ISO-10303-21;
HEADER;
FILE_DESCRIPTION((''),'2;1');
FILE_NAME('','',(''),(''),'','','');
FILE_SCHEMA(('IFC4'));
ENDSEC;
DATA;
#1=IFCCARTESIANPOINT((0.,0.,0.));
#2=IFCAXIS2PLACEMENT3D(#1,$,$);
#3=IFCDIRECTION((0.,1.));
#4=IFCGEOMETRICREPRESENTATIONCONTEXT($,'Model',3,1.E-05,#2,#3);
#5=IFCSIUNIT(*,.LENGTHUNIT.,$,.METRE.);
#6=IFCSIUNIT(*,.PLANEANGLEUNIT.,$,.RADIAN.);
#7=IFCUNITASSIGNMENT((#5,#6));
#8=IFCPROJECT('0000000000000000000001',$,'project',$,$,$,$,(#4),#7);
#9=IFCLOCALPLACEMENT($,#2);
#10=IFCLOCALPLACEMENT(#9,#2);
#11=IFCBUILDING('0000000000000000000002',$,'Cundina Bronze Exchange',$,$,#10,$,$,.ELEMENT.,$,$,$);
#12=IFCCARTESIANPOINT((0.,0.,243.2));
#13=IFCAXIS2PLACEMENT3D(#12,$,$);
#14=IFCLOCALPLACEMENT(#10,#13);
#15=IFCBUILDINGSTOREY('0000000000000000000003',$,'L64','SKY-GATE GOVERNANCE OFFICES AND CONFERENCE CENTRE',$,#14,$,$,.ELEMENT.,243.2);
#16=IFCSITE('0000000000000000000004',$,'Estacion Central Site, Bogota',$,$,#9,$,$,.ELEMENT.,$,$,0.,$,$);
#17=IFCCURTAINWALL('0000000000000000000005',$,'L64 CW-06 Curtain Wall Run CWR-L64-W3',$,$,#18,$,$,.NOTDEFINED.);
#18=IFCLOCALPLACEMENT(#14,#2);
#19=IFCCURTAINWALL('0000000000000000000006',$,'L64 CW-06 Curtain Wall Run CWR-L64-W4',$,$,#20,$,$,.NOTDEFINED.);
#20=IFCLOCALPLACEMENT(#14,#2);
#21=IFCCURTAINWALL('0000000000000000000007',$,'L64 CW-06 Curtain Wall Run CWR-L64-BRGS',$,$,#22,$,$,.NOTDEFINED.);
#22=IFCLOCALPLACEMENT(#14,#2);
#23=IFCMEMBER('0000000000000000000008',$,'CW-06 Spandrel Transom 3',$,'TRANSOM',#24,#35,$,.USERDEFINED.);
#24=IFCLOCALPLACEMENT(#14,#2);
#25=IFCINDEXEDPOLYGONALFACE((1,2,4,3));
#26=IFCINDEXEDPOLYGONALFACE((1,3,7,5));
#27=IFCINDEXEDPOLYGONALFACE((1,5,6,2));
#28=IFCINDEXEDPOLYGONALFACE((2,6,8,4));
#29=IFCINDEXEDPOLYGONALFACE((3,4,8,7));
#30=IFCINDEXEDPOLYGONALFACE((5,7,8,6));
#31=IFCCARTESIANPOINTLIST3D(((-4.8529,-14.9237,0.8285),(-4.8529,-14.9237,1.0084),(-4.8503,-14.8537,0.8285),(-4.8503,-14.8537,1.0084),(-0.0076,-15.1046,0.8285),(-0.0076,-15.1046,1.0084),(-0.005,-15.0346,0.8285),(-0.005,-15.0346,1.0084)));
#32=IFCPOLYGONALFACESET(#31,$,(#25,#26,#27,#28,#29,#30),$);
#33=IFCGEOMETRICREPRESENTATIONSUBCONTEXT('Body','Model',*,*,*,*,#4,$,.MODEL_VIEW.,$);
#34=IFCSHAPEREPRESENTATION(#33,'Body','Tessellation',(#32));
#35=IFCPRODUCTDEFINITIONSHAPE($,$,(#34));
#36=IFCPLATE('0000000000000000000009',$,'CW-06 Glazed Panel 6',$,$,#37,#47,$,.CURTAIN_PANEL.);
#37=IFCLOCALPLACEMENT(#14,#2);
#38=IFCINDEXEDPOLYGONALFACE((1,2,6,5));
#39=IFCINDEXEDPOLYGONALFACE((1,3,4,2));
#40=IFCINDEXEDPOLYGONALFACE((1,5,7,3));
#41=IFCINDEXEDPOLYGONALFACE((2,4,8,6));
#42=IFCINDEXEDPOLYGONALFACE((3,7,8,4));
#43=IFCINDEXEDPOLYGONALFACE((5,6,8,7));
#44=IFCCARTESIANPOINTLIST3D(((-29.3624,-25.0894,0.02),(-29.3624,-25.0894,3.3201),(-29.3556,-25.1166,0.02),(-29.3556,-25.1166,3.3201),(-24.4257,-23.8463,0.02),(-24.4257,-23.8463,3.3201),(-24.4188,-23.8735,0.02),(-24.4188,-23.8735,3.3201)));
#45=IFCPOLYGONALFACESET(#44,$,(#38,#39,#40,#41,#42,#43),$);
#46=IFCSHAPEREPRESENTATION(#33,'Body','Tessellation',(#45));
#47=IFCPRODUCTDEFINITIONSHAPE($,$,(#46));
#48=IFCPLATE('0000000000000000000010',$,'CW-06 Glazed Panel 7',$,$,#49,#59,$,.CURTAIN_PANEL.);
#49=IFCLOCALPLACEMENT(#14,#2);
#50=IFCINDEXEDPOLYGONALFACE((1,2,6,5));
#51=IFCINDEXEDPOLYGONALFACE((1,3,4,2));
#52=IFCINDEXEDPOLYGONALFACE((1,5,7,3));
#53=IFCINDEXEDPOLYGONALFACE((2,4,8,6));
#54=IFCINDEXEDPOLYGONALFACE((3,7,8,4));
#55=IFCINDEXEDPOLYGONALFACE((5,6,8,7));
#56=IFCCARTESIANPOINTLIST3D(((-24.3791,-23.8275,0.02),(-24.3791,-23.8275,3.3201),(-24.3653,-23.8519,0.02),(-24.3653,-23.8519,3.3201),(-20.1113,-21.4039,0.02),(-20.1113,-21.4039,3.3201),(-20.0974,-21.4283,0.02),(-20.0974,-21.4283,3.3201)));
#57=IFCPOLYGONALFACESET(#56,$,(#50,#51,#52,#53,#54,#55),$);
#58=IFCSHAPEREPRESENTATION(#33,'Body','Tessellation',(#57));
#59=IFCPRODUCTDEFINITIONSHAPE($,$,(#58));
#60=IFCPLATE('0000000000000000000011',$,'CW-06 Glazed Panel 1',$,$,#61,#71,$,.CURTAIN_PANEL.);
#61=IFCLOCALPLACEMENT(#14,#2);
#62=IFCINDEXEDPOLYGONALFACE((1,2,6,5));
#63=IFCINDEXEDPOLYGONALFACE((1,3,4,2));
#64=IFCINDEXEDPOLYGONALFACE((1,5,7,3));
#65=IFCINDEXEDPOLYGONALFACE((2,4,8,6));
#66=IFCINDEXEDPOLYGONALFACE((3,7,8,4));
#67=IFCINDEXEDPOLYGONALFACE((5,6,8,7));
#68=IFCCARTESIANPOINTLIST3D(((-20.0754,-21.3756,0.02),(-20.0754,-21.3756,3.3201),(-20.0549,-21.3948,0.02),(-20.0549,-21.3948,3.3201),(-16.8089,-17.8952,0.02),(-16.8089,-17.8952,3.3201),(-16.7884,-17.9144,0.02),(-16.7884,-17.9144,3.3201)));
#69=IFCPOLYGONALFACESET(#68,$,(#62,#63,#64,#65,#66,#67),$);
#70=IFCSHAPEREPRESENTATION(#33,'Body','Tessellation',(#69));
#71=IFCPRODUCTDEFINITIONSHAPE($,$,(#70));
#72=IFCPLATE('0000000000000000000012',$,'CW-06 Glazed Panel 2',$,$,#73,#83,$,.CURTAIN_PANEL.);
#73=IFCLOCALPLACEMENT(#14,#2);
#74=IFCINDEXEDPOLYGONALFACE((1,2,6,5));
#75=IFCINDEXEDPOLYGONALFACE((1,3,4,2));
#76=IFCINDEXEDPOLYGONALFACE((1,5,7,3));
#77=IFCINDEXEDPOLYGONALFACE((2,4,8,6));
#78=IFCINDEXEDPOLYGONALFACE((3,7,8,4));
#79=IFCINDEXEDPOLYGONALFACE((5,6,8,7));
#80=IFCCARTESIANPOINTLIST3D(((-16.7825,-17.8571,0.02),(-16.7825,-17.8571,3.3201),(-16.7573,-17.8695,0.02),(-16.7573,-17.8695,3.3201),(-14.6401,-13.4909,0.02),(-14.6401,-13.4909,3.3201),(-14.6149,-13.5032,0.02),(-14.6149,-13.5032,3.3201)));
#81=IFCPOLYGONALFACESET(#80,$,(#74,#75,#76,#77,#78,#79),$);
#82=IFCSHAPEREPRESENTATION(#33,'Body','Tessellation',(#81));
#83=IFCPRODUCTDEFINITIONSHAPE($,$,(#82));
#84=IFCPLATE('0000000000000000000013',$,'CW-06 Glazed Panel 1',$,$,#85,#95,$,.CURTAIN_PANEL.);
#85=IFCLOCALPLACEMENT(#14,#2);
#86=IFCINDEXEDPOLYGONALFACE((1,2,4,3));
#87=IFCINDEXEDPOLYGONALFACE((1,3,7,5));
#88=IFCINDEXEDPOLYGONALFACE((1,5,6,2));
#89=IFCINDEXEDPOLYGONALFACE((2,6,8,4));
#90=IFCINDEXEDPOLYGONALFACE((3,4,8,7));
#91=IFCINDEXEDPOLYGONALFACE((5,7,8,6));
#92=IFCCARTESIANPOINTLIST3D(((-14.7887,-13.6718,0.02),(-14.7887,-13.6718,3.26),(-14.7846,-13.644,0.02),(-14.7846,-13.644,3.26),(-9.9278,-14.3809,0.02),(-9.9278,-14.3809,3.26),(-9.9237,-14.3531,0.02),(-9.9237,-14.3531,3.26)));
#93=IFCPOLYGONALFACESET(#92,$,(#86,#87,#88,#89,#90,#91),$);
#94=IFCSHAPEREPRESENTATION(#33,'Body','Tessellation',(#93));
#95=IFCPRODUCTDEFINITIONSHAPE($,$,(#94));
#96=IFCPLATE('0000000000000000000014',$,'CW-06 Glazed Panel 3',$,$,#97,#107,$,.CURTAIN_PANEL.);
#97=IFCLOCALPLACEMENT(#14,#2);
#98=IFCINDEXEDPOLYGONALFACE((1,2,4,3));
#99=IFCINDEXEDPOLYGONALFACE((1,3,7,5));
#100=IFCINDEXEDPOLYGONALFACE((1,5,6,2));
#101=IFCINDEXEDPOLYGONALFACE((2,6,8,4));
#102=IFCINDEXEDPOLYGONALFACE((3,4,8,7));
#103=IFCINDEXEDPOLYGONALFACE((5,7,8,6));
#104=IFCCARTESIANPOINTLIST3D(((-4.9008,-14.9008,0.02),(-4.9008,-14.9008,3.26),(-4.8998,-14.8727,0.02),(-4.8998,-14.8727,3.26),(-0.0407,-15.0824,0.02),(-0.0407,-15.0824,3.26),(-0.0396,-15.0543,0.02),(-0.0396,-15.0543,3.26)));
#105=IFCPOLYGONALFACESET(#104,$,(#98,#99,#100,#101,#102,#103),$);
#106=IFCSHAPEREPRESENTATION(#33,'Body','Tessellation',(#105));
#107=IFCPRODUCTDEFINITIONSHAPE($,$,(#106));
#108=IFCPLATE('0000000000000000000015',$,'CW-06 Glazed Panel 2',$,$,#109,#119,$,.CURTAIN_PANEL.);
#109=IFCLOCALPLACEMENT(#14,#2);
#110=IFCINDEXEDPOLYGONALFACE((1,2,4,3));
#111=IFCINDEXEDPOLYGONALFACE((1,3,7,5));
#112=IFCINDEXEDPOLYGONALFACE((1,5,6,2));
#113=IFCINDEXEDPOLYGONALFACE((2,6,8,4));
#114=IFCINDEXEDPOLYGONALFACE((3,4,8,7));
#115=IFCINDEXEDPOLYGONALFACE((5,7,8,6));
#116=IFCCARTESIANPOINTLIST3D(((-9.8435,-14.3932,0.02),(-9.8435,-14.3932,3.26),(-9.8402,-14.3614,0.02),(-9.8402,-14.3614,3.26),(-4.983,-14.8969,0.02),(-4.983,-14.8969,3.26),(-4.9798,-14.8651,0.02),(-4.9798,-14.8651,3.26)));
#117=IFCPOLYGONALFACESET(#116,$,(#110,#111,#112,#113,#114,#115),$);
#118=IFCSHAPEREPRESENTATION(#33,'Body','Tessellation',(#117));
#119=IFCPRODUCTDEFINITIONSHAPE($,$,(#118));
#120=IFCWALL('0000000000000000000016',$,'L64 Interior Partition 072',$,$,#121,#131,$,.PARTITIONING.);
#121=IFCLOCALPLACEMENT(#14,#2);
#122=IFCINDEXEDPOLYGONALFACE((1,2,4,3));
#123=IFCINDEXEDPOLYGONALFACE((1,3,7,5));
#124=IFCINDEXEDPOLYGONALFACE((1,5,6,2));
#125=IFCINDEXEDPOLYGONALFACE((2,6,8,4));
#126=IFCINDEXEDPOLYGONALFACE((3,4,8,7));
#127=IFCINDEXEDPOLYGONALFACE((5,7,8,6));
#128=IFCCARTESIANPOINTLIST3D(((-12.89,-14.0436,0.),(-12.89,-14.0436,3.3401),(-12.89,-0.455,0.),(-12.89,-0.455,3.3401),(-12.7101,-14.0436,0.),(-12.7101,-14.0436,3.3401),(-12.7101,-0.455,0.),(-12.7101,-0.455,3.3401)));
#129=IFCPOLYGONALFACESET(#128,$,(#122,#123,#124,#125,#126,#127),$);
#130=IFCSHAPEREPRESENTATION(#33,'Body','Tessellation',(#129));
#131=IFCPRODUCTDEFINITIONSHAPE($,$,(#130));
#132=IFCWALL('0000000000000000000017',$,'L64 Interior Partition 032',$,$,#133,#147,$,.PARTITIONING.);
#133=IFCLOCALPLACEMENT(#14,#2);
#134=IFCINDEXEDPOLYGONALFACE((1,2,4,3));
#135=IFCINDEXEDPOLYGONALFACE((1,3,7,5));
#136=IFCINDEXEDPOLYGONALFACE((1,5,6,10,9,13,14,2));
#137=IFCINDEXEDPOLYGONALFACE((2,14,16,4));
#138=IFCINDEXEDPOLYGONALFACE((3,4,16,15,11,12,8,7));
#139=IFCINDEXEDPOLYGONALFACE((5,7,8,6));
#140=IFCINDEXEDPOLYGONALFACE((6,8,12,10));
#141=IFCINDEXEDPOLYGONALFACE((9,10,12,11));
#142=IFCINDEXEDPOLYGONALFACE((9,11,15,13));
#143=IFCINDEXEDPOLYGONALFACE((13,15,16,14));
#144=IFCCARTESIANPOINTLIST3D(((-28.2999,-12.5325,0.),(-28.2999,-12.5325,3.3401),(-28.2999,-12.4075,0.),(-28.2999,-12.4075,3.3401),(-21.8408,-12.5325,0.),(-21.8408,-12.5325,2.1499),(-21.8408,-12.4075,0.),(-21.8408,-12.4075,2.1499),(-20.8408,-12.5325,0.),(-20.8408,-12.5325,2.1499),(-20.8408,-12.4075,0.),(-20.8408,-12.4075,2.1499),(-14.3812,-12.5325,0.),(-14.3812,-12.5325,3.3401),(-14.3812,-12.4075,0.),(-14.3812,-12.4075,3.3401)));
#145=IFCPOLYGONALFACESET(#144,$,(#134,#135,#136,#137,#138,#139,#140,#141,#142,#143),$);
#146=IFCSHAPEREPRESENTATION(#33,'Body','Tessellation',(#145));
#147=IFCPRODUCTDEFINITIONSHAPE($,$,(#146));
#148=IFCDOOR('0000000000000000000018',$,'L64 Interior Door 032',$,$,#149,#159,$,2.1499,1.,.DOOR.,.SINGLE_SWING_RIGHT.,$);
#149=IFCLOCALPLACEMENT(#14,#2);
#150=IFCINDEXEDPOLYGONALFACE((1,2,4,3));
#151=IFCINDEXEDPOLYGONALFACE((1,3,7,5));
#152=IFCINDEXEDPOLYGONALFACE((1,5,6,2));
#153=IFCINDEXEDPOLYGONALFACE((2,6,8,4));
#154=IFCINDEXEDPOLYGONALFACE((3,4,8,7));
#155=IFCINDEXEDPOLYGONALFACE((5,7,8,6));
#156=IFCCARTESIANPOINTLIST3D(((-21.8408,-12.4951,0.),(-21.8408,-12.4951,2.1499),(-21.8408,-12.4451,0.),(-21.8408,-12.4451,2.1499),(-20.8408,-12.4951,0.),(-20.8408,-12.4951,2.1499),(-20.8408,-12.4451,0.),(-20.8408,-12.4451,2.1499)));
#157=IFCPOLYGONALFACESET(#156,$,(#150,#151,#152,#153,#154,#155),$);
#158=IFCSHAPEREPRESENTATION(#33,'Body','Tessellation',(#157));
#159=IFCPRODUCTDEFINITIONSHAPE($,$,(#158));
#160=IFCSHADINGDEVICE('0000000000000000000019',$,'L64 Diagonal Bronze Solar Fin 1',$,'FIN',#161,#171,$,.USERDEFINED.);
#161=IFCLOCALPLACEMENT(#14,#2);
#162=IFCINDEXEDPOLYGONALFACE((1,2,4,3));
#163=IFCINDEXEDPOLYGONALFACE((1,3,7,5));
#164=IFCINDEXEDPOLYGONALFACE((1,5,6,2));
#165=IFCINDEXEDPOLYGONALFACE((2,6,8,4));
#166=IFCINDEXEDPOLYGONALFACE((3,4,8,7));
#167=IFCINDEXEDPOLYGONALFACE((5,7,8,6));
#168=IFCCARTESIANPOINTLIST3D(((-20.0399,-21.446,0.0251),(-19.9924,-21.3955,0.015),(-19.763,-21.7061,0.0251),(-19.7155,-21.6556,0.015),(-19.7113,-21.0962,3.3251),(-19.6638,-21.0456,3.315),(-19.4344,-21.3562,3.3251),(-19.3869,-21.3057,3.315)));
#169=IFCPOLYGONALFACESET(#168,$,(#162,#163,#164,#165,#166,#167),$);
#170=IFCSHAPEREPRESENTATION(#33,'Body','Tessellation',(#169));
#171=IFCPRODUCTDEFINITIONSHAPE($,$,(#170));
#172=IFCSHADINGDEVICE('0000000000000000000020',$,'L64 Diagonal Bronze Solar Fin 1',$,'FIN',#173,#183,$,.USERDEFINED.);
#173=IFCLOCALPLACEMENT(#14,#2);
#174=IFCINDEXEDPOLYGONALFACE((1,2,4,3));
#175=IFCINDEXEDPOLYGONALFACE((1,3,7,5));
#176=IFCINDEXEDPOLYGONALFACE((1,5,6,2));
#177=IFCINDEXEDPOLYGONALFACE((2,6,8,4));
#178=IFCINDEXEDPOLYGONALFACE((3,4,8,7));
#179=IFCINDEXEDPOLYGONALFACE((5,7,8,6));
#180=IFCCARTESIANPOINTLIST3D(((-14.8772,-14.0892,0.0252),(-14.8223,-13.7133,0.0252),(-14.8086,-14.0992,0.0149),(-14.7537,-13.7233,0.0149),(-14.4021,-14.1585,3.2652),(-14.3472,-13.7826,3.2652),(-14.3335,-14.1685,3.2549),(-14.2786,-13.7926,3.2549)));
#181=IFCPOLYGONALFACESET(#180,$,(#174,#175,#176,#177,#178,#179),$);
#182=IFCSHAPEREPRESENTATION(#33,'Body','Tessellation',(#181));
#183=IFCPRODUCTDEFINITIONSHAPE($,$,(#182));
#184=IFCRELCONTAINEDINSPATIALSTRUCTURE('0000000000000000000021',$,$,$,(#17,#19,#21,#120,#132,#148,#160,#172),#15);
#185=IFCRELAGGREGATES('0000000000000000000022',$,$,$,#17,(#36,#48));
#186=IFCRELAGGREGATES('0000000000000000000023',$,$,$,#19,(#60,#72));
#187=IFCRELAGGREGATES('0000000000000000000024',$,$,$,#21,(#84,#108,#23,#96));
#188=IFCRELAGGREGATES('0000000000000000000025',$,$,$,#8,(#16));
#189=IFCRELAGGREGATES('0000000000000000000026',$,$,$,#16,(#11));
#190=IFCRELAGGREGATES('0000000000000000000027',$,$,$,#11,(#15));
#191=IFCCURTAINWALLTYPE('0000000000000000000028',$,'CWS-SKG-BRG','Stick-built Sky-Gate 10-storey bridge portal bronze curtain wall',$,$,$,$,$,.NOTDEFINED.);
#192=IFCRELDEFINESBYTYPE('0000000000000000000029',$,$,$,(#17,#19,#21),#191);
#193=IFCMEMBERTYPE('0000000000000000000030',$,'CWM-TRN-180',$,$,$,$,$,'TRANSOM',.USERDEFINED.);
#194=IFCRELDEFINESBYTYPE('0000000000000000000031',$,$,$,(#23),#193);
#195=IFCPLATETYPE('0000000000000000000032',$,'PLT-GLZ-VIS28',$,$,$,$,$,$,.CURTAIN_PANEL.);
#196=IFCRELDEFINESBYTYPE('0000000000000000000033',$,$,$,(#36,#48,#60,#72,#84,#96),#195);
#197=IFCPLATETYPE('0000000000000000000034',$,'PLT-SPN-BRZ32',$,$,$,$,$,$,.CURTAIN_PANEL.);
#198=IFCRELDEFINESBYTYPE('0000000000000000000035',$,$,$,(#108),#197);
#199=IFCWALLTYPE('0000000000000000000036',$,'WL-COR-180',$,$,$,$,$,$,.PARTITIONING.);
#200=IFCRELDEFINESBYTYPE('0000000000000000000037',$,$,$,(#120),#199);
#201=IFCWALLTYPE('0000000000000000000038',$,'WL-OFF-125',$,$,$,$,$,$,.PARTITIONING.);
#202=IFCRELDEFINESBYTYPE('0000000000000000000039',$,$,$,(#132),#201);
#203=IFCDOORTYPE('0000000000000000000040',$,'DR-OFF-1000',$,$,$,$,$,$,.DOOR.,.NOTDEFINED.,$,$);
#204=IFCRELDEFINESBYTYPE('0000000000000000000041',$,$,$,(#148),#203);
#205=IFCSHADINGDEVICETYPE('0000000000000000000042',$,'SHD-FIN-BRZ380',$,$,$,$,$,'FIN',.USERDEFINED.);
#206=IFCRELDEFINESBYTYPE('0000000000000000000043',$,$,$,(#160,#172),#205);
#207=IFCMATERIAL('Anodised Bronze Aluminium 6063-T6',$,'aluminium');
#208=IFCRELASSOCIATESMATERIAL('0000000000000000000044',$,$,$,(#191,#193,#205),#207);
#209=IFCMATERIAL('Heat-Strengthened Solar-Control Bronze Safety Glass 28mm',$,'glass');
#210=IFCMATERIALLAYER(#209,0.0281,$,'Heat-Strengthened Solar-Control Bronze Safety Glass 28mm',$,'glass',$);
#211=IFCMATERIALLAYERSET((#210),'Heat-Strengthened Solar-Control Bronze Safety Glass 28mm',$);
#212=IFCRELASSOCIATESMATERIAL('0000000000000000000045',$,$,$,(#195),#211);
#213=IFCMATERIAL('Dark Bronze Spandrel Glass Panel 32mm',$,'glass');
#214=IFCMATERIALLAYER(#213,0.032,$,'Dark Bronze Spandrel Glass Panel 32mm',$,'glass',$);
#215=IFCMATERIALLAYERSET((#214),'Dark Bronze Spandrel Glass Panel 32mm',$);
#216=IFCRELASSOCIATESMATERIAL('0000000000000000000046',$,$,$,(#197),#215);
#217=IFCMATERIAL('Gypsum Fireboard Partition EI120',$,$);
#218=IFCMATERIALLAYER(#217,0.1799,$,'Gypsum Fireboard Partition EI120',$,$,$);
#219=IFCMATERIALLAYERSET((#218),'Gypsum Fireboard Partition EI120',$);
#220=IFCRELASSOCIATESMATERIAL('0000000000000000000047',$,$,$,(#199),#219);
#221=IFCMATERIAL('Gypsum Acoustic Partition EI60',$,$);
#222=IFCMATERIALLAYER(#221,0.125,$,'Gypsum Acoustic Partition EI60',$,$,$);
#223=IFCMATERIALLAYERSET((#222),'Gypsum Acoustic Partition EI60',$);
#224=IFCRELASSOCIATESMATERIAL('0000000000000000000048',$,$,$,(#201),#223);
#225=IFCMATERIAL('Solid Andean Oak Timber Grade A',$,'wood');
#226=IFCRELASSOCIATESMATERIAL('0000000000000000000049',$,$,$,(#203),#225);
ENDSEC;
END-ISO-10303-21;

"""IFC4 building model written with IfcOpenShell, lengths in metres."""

from ifc_helpers import new_model, si_unit, direction, frame, frame_2d, origin, origin_2d, place, context, subcontext, project, spatial, rectangle, extrude, material, layer, layer_set, material_profile, profile_set, type_object, element, fill, aggregate, save


model = new_model("IFC4")

# Units and contexts
model_context = context("Model", 3, precision=1e-05, world=origin(), true_north=direction((0.0, 1.0)))
body_context = subcontext(model_context, "Body", "Model", "MODEL_VIEW")
ifc_project = project(units=[si_unit("LENGTHUNIT", "METRE"), si_unit("PLANEANGLEUNIT", "RADIAN")], contexts=[model_context])

# Site, building, storey
site_placement = place(None, origin())
site = spatial("IfcSite", under=ifc_project, at=site_placement, Name="Estacion Central Site, Bogota", CompositionType="ELEMENT", RefElevation=0.0)
building_placement = place(site_placement, origin())
building = spatial("IfcBuilding", under=site, at=building_placement, Name="Cundina Bronze Exchange", CompositionType="ELEMENT")
storey_placement = place(building_placement, frame((0.0, 0.0, 243.2)))
storey = spatial("IfcBuildingStorey", under=building, at=storey_placement, Name="L64", Description="SKY-GATE GOVERNANCE OFFICES AND CONFERENCE CENTRE", CompositionType="ELEMENT", Elevation=243.2)

# Curtain walls
ifc_material_1 = material(Name="Anodised Bronze Aluminium 6063-T6", Category="aluminium")
curtain_wall_type = type_object("IfcCurtainWallType", Name="CWS-SKG-BRG", Description="Stick-built Sky-Gate 10-storey bridge portal bronze curtain wall", PredefinedType="NOTDEFINED", material=ifc_material_1)
curtain_wall_1_placement = place(storey_placement, origin())
curtain_wall_1 = element("IfcCurtainWall", 1, at=curtain_wall_1_placement, inside=storey, type_object=curtain_wall_type, Name="L64 CW-06 Curtain Wall Run CWR-L64-W3", PredefinedType="NOTDEFINED")
curtain_wall_2_placement = place(storey_placement, origin())
curtain_wall_2 = element("IfcCurtainWall", 2, at=curtain_wall_2_placement, inside=storey, type_object=curtain_wall_type, Name="L64 CW-06 Curtain Wall Run CWR-L64-W4", PredefinedType="NOTDEFINED")
curtain_wall_3_placement = place(storey_placement, origin())
curtain_wall_3 = element("IfcCurtainWall", 3, at=curtain_wall_3_placement, inside=storey, type_object=curtain_wall_type, Name="L64 CW-06 Curtain Wall Run CWR-L64-BRGS", PredefinedType="NOTDEFINED")

# Member
ifc_material_profile_1 = material_profile(ifc_material_1, rectangle(XDim=0.0701, YDim=0.1799, at=origin_2d()), Name="AL70X180", Category="aluminium")
ifc_profile_set_1 = profile_set([ifc_material_profile_1], Name="Anodised Bronze Aluminium 6063-T6")
member_type_1 = type_object("IfcMemberType", Name="CWM-TRN-180", ElementType="TRANSOM", PredefinedType="USERDEFINED", material=ifc_profile_set_1)
member_1_placement = place(storey_placement, frame((-4.8516, -14.8887, 0.9185), z_axis=(0.999304, -0.037312, 0.0), x_axis=(0.037312, 0.999304, 0.0)))
member_1 = element("IfcMember", 4, at=member_1_placement, type_object=member_type_1, Name="CW-06 Spandrel Transom 3", ObjectType="TRANSOM", PredefinedType="USERDEFINED", context=body_context, shape_type="SweptSolid", body=[
    extrude(rectangle(XDim=0.0701, YDim=0.1799, at=origin_2d()), origin(), (0.0, 0.0, 1.0), 4.8486),
])

# Plates
ifc_material_2 = material(Name="Heat-Strengthened Solar-Control Bronze Safety Glass 28mm", Category="glass")
ifc_layer_1 = layer(ifc_material_2, 0.0281, Name="Heat-Strengthened Solar-Control Bronze Safety Glass 28mm", Category="glass")
ifc_layer_set_1 = layer_set([ifc_layer_1], Name="Heat-Strengthened Solar-Control Bronze Safety Glass 28mm")
plate_type_1 = type_object("IfcPlateType", Name="PLT-GLZ-VIS28", PredefinedType="CURTAIN_PANEL", material=ifc_layer_set_1)
plate_1_placement = place(storey_placement, frame((-26.8906, -24.4814, 0.02), z_axis=(0.0, 0.0, 1.0), x_axis=(0.969732, 0.244174, 0.0)))
plate_1 = element("IfcPlate", 5, at=plate_1_placement, type_object=plate_type_1, Name="CW-06 Glazed Panel 6", PredefinedType="CURTAIN_PANEL", context=body_context, shape_type="SweptSolid", body=[
    extrude(rectangle(XDim=5.0908, YDim=0.0281, at=origin_2d()), origin(), (0.0, 0.0, 1.0), 3.3),
])
plate_2_placement = place(storey_placement, frame((-22.2383, -22.6279, 0.02), z_axis=(0.0, 0.0, 1.0), x_axis=(0.869573, 0.493805, 0.0)))
plate_2 = element("IfcPlate", 6, at=plate_2_placement, type_object=plate_type_1, Name="CW-06 Glazed Panel 7", PredefinedType="CURTAIN_PANEL", context=body_context, shape_type="SweptSolid", body=[
    extrude(rectangle(XDim=4.908, YDim=0.0281, at=origin_2d()), origin(), (0.0, 0.0, 1.0), 3.3),
])
aggregate(curtain_wall_1, [plate_1, plate_2])
plate_3_placement = place(storey_placement, frame((-18.4319, -19.645, 0.02), z_axis=(0.0, 0.0, 1.0), x_axis=(0.684344, 0.72916, 0.0)))
plate_3 = element("IfcPlate", 7, at=plate_3_placement, type_object=plate_type_1, Name="CW-06 Glazed Panel 1", PredefinedType="CURTAIN_PANEL", context=body_context, shape_type="SweptSolid", body=[
    extrude(rectangle(XDim=4.7732, YDim=0.0281, at=origin_2d()), origin(), (0.0, 0.0, 1.0), 3.3),
])
plate_4_placement = place(storey_placement, frame((-15.6987, -15.6802, 0.02), z_axis=(0.0, 0.0, 1.0), x_axis=(0.440503, 0.897751, 0.0)))
plate_4 = element("IfcPlate", 8, at=plate_4_placement, type_object=plate_type_1, Name="CW-06 Glazed Panel 2", PredefinedType="CURTAIN_PANEL", context=body_context, shape_type="SweptSolid", body=[
    extrude(rectangle(XDim=4.8635, YDim=0.0281, at=origin_2d()), origin(), (0.0, 0.0, 1.0), 3.3),
])
aggregate(curtain_wall_2, [plate_3, plate_4])
plate_5_placement = place(storey_placement, frame((-12.3562, -14.0125, 0.02), z_axis=(0.0, 0.0, 1.0), x_axis=(0.989528, -0.144339, 0.0)))
plate_5 = element("IfcPlate", 9, at=plate_5_placement, type_object=plate_type_1, Name="CW-06 Glazed Panel 1", PredefinedType="CURTAIN_PANEL", context=body_context, shape_type="SweptSolid", body=[
    extrude(rectangle(XDim=4.9124, YDim=0.0281, at=origin_2d()), origin(), (0.0, 0.0, 1.0), 3.24),
])
plate_6_placement = place(storey_placement, frame((-2.4702, -14.9775, 0.02), z_axis=(0.0, 0.0, 1.0), x_axis=(0.999303, -0.037341, 0.0)))
plate_6 = element("IfcPlate", 10, at=plate_6_placement, type_object=plate_type_1, Name="CW-06 Glazed Panel 3", PredefinedType="CURTAIN_PANEL", context=body_context, shape_type="SweptSolid", body=[
    extrude(rectangle(XDim=4.8635, YDim=0.0281, at=origin_2d()), origin(), (0.0, 0.0, 1.0), 3.24),
])
ifc_material_3 = material(Name="Dark Bronze Spandrel Glass Panel 32mm", Category="glass")
ifc_layer_2 = layer(ifc_material_3, 0.032, Name="Dark Bronze Spandrel Glass Panel 32mm", Category="glass")
ifc_layer_set_2 = layer_set([ifc_layer_2], Name="Dark Bronze Spandrel Glass Panel 32mm")
plate_type_2 = type_object("IfcPlateType", Name="PLT-SPN-BRZ32", PredefinedType="CURTAIN_PANEL", material=ifc_layer_set_2)
plate_7_placement = place(storey_placement, frame((-7.4116, -14.6292, 0.02), z_axis=(0.0, 0.0, 1.0), x_axis=(0.994672, -0.103088, 0.0)))
plate_7 = element("IfcPlate", 11, at=plate_7_placement, type_object=plate_type_2, Name="CW-06 Glazed Panel 2", PredefinedType="CURTAIN_PANEL", context=body_context, shape_type="SweptSolid", body=[
    extrude(rectangle(XDim=4.8865, YDim=0.032, at=origin_2d()), origin(), (0.0, 0.0, 1.0), 3.24),
])
aggregate(curtain_wall_3, [plate_5, plate_7, member_1, plate_6])

# Wall
ifc_material_4 = material(Name="Gypsum Fireboard Partition EI120")
ifc_layer_3 = layer(ifc_material_4, 0.1799, Name="Gypsum Fireboard Partition EI120")
ifc_layer_set_3 = layer_set([ifc_layer_3], Name="Gypsum Fireboard Partition EI120")
wall_type_1 = type_object("IfcWallType", Name="WL-COR-180", PredefinedType="PARTITIONING", material=ifc_layer_set_3)
wall_1_placement = place(storey_placement, frame((-12.8, -14.0437, 0.0), z_axis=(0.0, 0.0, 1.0), x_axis=(0.0, 1.0, 0.0)))
element("IfcWall", 12, at=wall_1_placement, inside=storey, type_object=wall_type_1, Name="L64 Interior Partition 072", PredefinedType="PARTITIONING", context=body_context, shape_type="SweptSolid", body=[
    extrude(rectangle(XDim=13.5886, YDim=0.1799, at=frame_2d((6.7944, 0.0))), origin(), (0.0, 0.0, 1.0), 3.3401),
])

# Wall, opening, door
ifc_material_5 = material(Name="Gypsum Acoustic Partition EI60")
ifc_layer_4 = layer(ifc_material_5, 0.125, Name="Gypsum Acoustic Partition EI60")
ifc_layer_set_4 = layer_set([ifc_layer_4], Name="Gypsum Acoustic Partition EI60")
wall_type_2 = type_object("IfcWallType", Name="WL-OFF-125", PredefinedType="PARTITIONING", material=ifc_layer_set_4)
wall_2_placement = place(storey_placement, frame((-28.3, -12.47, 0.0), z_axis=(0.0, 0.0, 1.0), x_axis=(1.0, 0.0, 0.0)))
wall_2 = element("IfcWall", 13, at=wall_2_placement, inside=storey, type_object=wall_type_2, Name="L64 Interior Partition 032", PredefinedType="PARTITIONING", context=body_context, shape_type="SweptSolid", body=[
    extrude(rectangle(XDim=13.9187, YDim=0.125, at=frame_2d((6.9595, 0.0))), origin(), (0.0, 0.0, 1.0), 3.3401),
])
opening_placement = place(wall_2_placement, frame((6.4592, 0.0, 0.0)))
opening = element("IfcOpeningElement", 14, at=opening_placement, cuts=wall_2, PredefinedType="OPENING", context=body_context, shape_type="SweptSolid", body=[
    extrude(rectangle(XDim=1.0, YDim=2.1499, at=frame_2d((0.5, 1.075))), frame((0.0, 0.0725, 0.0), z_axis=(0.0, -1.0, 0.0), x_axis=(1.0, 0.0, 0.0)), (0.0, 0.0, 1.0), 0.145),
])
ifc_material_6 = material(Name="Solid Andean Oak Timber Grade A", Category="wood")
door_type = type_object("IfcDoorType", Name="DR-OFF-1000", OperationType="NOTDEFINED", PredefinedType="DOOR", material=ifc_material_6)
door_placement = place(opening_placement, origin())
door = element("IfcDoor", 15, at=door_placement, inside=storey, type_object=door_type, Name="L64 Interior Door 032", OperationType="SINGLE_SWING_RIGHT", OverallHeight=2.1499, OverallWidth=1.0, PredefinedType="DOOR", context=body_context, shape_type="SweptSolid", body=[
    extrude(rectangle(XDim=1.0, YDim=2.1499, at=frame_2d((0.5, 1.075))), frame((0.0, 0.0249, 0.0), z_axis=(0.0, -1.0, 0.0), x_axis=(1.0, 0.0, 0.0)), (0.0, 0.0, 1.0), 0.05),
])
fill(opening, door)

# Shading devices
ifc_material_profile_2 = material_profile(ifc_material_1, rectangle(XDim=0.0701, YDim=0.3799, at=origin_2d()), Name="FIN70X380", Category="aluminium")
ifc_profile_set_2 = profile_set([ifc_material_profile_2], Name="Anodised Bronze Aluminium 6063-T6")
shading_device_type = type_object("IfcShadingDeviceType", Name="SHD-FIN-BRZ380", ElementType="FIN", PredefinedType="USERDEFINED", material=ifc_profile_set_2)
shading_device_1_placement = place(storey_placement, frame((-19.8777, -21.5508, 0.02), z_axis=(0.098541, 0.104911, 0.989587), x_axis=(-0.677506, -0.721297, 0.143933)))
element("IfcShadingDevice", 16, at=shading_device_1_placement, inside=storey, type_object=shading_device_type, Name="L64 Diagonal Bronze Solar Fin 1", ObjectType="FIN", PredefinedType="USERDEFINED", context=body_context, shape_type="SweptSolid", body=[
    extrude(rectangle(XDim=0.0701, YDim=0.3799, at=origin_2d()), origin(), (0.0, 0.0, 1.0), 3.3347),
])
shading_device_2_placement = place(storey_placement, frame((-14.8154, -13.9062, 0.02), z_axis=(0.145052, -0.021169, 0.989198), x_axis=(-0.978829, 0.142851, 0.146588)))
element("IfcShadingDevice", 17, at=shading_device_2_placement, inside=storey, type_object=shading_device_type, Name="L64 Diagonal Bronze Solar Fin 1", ObjectType="FIN", PredefinedType="USERDEFINED", context=body_context, shape_type="SweptSolid", body=[
    extrude(rectangle(XDim=0.0701, YDim=0.3799, at=origin_2d()), origin(), (0.0, 0.0, 1.0), 3.2754),
])

save(model, "model.ifc")
